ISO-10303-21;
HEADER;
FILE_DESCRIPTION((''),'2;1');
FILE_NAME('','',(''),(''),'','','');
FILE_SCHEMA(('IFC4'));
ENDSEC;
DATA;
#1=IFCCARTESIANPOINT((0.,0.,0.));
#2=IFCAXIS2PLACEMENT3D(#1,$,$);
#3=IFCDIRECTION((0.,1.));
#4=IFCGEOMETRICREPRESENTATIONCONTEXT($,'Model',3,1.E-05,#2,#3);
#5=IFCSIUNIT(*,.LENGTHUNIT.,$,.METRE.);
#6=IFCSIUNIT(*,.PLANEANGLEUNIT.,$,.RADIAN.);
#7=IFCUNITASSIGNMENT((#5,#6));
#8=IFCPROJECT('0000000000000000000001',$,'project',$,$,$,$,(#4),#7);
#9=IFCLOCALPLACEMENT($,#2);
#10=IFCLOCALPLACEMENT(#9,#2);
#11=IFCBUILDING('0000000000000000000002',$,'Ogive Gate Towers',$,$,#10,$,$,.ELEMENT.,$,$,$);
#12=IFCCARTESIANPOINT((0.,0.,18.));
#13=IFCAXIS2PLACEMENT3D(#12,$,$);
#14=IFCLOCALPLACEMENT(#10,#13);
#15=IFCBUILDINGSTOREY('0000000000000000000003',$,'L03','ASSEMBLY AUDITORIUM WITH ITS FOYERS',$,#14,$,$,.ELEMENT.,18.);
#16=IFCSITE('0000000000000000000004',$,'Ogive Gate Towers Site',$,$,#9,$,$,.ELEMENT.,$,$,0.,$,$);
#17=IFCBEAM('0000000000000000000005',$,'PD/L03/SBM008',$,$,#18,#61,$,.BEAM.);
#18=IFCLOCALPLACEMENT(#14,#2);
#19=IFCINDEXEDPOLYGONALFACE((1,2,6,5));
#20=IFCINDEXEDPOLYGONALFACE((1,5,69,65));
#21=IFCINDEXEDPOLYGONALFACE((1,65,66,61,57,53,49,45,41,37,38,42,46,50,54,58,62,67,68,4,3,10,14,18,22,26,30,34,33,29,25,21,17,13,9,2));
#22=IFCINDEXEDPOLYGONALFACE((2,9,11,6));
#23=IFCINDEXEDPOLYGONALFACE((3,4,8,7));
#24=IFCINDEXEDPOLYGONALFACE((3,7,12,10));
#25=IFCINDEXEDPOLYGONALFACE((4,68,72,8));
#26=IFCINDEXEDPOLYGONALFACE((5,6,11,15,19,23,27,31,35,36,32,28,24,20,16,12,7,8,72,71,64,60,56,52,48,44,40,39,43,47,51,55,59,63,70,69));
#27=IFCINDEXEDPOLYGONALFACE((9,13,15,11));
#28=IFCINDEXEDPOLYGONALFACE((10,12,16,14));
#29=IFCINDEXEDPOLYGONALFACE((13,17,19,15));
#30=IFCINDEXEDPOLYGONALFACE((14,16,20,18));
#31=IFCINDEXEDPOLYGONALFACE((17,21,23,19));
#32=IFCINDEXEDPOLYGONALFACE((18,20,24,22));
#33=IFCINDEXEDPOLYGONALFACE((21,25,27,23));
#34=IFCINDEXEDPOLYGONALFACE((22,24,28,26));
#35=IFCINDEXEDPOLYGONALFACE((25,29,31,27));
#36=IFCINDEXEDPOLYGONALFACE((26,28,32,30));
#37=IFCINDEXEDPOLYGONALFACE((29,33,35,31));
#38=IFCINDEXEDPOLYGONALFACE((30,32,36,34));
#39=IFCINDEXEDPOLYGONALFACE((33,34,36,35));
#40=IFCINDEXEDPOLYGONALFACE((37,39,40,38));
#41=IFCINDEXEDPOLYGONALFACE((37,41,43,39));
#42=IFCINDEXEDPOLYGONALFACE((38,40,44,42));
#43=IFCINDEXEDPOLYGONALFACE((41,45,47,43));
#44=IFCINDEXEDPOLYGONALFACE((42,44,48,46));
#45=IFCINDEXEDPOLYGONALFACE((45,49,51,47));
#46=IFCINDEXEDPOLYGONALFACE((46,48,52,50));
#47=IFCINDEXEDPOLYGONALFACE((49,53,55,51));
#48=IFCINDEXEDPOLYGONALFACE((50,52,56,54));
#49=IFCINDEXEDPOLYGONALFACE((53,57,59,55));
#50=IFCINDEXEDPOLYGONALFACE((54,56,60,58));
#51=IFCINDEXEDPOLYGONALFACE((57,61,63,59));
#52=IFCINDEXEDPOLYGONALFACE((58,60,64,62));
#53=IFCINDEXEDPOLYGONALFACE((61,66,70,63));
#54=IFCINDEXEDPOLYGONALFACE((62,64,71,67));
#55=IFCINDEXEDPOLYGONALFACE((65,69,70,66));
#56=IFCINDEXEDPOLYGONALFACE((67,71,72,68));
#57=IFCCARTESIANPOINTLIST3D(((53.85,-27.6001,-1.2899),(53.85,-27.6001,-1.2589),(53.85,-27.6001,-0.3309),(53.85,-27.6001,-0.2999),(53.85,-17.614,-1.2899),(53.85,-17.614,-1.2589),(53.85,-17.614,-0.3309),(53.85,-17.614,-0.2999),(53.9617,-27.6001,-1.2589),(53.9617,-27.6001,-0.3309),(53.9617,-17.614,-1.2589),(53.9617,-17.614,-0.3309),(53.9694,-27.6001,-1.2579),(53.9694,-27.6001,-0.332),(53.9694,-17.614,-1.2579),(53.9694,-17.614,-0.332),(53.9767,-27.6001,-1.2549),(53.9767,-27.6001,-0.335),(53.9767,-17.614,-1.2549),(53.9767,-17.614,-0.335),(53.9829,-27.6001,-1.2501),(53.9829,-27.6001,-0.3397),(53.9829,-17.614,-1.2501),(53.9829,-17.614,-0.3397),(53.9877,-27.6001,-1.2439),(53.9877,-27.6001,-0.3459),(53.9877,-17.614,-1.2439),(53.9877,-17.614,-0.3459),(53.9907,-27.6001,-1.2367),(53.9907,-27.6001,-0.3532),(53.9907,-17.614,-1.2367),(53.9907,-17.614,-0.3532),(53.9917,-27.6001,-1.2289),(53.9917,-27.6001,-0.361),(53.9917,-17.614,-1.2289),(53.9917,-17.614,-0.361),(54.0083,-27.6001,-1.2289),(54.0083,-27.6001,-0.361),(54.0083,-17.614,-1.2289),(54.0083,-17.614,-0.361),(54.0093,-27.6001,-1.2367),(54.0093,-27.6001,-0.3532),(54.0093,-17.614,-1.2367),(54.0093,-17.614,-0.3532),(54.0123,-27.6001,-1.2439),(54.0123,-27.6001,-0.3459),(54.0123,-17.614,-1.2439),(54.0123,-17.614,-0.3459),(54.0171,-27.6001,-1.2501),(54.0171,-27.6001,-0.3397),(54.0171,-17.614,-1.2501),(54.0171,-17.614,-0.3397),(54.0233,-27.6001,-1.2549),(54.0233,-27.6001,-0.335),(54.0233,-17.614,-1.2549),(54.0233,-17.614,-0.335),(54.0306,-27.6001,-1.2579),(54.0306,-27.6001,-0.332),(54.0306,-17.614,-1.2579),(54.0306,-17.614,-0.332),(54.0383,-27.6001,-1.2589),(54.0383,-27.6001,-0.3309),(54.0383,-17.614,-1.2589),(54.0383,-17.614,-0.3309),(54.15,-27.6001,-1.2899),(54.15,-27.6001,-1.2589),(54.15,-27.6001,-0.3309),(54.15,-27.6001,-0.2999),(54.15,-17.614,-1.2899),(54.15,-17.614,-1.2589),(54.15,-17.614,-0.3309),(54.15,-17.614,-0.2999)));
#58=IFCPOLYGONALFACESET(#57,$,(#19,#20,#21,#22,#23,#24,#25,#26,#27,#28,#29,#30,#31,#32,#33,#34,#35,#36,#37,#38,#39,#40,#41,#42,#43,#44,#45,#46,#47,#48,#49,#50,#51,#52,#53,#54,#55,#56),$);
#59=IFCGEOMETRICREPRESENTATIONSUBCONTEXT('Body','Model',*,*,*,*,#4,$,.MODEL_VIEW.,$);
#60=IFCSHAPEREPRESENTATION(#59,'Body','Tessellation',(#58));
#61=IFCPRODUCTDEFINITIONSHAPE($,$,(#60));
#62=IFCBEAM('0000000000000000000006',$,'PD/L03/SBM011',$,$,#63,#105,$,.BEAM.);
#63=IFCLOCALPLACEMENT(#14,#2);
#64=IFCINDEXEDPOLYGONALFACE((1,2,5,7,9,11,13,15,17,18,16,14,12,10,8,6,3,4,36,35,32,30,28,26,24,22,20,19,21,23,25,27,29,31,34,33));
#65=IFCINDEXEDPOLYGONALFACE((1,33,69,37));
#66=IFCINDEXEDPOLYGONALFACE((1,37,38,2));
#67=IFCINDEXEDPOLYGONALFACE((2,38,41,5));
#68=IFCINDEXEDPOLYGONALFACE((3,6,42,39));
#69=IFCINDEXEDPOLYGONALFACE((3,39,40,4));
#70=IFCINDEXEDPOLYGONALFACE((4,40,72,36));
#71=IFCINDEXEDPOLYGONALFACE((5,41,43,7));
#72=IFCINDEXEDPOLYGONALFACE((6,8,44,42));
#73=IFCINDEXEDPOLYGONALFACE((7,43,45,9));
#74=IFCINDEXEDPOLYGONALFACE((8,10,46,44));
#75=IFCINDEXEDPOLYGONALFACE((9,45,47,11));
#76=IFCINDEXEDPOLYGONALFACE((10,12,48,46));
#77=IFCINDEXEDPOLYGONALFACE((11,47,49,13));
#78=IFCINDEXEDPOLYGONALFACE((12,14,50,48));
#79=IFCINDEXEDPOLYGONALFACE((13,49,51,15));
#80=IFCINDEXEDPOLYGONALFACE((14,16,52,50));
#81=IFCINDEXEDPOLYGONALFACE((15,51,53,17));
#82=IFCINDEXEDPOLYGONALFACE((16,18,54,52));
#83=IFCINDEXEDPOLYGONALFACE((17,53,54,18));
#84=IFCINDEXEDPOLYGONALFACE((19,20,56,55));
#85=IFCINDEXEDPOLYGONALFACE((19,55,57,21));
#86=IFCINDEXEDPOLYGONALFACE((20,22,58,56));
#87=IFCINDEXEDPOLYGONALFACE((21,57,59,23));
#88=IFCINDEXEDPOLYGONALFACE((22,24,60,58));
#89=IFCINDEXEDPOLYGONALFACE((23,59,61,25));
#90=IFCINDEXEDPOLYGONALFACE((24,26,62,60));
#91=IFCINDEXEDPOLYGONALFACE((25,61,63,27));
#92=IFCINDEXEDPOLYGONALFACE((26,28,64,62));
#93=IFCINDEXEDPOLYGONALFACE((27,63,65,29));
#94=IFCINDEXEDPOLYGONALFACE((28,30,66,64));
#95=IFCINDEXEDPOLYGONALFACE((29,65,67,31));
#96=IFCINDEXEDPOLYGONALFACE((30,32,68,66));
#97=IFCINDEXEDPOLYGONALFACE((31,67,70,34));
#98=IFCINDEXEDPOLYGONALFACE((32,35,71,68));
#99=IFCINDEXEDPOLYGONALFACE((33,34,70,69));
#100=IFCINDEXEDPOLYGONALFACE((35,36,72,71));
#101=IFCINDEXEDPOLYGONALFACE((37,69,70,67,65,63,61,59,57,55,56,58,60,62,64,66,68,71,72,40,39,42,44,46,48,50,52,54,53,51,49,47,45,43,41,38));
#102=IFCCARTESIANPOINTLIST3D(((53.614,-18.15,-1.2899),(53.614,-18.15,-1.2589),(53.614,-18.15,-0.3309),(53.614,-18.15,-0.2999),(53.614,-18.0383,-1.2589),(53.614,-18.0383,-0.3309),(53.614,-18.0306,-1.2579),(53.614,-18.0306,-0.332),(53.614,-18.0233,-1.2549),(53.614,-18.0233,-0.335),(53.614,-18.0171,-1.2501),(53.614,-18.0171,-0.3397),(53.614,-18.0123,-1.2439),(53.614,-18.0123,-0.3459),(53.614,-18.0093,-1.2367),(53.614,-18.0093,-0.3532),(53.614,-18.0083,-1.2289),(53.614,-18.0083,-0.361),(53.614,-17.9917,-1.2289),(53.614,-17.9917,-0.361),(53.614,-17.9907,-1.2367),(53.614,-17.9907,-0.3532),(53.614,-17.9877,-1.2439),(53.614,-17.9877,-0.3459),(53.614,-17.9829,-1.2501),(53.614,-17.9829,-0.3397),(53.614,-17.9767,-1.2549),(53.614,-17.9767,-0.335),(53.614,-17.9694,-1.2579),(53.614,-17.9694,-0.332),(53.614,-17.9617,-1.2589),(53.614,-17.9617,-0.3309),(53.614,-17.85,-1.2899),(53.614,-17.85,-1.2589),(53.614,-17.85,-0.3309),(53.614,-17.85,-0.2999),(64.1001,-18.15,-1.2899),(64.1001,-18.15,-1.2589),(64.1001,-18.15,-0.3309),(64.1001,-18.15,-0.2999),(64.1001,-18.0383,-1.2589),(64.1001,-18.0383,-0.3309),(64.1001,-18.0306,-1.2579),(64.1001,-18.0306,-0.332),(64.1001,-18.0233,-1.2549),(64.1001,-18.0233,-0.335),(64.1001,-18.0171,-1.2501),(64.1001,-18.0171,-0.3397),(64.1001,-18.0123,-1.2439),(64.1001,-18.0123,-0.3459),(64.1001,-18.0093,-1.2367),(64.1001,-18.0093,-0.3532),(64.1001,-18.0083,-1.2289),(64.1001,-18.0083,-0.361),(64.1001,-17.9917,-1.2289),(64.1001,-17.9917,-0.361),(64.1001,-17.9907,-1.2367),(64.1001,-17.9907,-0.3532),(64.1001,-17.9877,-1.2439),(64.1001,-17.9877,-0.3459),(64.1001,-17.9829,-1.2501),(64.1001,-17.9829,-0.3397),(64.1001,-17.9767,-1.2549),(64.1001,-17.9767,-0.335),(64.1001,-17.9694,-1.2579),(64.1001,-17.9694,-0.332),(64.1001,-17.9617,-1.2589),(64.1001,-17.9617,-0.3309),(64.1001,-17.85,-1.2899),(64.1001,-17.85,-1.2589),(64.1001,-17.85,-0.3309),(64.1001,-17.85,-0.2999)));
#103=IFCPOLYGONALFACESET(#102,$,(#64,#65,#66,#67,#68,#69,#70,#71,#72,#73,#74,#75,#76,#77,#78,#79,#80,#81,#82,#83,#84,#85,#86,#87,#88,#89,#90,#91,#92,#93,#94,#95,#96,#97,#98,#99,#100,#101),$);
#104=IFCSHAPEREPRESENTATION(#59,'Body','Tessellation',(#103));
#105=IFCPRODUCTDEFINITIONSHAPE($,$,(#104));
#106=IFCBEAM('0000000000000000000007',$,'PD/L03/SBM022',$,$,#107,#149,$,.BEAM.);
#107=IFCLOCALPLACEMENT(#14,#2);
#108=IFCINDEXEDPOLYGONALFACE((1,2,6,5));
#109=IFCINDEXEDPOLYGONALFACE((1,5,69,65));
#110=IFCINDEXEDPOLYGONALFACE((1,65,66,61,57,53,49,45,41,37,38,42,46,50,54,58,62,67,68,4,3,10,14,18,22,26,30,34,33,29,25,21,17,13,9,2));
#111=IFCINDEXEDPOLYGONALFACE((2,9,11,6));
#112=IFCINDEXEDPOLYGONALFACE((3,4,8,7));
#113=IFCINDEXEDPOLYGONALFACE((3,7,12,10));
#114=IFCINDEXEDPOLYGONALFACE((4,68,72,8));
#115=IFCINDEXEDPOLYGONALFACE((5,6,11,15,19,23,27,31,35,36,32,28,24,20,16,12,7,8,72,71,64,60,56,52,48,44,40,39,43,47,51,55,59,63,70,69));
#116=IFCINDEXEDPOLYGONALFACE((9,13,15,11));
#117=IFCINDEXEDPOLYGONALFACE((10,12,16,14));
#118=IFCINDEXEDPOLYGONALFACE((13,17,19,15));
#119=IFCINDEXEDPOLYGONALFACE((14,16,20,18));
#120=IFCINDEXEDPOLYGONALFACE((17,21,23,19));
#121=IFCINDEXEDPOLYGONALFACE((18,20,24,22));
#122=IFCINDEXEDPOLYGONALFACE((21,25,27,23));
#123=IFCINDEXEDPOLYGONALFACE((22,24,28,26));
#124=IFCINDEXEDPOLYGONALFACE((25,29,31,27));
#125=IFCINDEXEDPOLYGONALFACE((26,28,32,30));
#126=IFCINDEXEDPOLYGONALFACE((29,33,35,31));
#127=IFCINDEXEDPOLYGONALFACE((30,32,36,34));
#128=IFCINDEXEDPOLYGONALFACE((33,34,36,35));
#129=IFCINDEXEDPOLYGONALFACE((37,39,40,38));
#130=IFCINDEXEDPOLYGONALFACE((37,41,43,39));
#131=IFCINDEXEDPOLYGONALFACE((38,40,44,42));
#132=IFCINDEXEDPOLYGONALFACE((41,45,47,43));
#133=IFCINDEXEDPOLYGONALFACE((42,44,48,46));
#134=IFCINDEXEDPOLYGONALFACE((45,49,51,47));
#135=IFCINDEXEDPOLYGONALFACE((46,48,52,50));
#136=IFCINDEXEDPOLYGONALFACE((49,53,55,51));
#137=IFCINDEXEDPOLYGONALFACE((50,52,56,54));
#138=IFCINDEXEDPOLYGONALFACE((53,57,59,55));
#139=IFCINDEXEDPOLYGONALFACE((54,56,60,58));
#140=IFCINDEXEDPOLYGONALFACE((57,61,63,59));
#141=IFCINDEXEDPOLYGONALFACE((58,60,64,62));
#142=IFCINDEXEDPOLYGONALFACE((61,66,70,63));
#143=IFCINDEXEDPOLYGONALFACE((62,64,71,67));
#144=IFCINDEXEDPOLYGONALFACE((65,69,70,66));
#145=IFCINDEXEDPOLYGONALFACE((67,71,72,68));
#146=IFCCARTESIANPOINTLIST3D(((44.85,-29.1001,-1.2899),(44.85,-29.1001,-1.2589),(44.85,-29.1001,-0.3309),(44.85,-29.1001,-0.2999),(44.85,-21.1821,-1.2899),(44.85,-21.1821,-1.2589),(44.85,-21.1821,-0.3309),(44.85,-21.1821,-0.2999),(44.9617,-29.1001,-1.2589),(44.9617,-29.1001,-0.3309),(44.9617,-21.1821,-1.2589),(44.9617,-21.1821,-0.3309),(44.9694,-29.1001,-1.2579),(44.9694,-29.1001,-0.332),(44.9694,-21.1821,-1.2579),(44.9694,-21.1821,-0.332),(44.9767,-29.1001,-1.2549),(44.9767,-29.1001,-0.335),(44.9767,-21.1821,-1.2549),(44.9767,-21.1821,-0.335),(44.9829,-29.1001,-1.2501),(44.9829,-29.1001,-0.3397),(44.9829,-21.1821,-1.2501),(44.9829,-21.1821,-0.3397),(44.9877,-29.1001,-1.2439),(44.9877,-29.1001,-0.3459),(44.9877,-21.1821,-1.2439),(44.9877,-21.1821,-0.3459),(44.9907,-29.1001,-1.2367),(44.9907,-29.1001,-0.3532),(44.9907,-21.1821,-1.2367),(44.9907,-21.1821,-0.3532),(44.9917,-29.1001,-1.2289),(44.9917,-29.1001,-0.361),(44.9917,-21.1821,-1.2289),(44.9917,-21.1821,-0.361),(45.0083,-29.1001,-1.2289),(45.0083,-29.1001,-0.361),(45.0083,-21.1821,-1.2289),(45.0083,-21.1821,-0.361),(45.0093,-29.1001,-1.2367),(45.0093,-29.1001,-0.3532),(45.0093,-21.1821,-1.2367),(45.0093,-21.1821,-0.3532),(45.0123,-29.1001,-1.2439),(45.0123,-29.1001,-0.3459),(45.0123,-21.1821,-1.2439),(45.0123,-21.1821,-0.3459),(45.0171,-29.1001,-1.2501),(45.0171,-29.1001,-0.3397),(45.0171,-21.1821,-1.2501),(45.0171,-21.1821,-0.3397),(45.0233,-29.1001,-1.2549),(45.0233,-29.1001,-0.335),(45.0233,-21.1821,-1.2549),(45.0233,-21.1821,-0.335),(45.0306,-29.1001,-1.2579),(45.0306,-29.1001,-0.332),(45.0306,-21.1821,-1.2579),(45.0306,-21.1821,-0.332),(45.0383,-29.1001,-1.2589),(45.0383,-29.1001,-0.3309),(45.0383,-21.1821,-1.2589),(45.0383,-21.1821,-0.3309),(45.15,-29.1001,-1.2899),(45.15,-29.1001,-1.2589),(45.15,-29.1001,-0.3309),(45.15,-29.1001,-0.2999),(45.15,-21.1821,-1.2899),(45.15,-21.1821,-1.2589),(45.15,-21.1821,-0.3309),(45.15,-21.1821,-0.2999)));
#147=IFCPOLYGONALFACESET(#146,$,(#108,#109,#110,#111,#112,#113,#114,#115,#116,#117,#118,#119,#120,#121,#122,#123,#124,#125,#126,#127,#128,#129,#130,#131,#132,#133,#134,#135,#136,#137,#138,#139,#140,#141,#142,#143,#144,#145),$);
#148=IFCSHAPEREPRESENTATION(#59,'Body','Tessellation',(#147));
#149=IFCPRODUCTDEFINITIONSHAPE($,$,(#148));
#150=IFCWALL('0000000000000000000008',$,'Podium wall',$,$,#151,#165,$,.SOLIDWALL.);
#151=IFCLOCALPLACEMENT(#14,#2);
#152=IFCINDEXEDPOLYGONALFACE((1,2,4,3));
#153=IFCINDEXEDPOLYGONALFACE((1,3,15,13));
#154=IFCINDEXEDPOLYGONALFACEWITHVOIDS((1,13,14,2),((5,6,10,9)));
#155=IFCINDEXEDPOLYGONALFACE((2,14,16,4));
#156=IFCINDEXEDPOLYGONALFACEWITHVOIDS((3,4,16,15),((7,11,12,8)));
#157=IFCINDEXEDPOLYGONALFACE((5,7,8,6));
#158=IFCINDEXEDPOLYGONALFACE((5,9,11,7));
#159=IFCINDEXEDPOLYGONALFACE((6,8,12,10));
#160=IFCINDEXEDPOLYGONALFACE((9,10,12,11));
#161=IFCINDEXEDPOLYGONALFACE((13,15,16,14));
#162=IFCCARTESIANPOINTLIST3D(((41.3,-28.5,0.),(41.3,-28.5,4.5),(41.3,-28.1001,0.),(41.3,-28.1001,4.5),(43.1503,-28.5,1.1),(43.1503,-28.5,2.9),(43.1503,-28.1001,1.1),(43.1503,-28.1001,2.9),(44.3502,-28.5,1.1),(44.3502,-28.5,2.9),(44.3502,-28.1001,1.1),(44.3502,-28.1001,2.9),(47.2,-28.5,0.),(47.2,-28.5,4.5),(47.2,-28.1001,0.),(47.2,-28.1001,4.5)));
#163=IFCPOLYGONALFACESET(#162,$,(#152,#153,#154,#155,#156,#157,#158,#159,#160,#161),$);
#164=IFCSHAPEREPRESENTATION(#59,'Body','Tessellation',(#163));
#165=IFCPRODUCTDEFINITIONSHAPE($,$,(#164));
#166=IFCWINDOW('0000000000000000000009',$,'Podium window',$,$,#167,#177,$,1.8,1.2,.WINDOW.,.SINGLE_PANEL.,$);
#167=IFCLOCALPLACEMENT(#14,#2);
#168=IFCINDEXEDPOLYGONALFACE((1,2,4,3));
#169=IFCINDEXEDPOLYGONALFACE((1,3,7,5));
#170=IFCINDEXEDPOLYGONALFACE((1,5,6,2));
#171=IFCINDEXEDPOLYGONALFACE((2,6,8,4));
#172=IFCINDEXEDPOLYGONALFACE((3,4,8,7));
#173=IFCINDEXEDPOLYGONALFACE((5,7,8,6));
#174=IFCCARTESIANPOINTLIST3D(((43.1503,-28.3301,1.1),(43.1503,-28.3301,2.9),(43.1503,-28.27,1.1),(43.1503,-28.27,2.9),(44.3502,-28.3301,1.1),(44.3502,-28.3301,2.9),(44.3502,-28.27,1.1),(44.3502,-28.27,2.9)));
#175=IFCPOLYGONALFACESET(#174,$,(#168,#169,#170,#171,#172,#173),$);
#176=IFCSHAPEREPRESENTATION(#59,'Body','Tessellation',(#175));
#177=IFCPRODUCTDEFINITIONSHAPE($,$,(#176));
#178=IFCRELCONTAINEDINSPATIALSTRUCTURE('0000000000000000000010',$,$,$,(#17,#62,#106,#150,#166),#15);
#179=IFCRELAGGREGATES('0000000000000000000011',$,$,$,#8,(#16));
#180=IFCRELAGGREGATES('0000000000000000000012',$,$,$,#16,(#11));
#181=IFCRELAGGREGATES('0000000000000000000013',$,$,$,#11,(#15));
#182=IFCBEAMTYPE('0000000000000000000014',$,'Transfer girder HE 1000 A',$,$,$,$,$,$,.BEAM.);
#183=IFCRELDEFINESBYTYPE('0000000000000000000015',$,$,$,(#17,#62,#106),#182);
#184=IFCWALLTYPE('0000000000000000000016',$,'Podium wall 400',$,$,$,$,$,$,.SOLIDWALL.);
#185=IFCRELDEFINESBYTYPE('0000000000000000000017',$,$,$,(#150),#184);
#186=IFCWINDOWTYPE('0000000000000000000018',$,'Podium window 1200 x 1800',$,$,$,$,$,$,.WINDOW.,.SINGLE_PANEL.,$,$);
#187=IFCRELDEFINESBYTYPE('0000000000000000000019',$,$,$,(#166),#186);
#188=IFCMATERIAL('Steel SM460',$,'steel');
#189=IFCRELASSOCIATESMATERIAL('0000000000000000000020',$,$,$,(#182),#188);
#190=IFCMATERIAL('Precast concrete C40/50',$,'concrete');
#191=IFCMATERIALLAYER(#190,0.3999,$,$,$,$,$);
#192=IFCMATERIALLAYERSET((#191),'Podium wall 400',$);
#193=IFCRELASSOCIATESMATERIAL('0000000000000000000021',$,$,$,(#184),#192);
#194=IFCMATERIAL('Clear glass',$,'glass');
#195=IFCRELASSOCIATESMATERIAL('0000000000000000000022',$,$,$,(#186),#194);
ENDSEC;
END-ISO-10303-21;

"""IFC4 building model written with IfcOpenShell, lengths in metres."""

from ifc_helpers import new_model, si_unit, direction, frame, frame_2d, origin, origin_2d, place, context, subcontext, project, spatial, rectangle, i_section, extrude, material, layer, layer_set, material_profile, profile_set, type_object, element, fill, save


model = new_model("IFC4")

# Units and contexts
model_context = context("Model", 3, precision=1e-05, world=origin(), true_north=direction((0.0, 1.0)))
body_context = subcontext(model_context, "Body", "Model", "MODEL_VIEW")
ifc_project = project(units=[si_unit("LENGTHUNIT", "METRE"), si_unit("PLANEANGLEUNIT", "RADIAN")], contexts=[model_context])

# Site, building, storey
site_placement = place(None, origin())
site = spatial("IfcSite", under=ifc_project, at=site_placement, Name="Ogive Gate Towers Site", CompositionType="ELEMENT", RefElevation=0.0)
building_placement = place(site_placement, origin())
building = spatial("IfcBuilding", under=site, at=building_placement, Name="Ogive Gate Towers", CompositionType="ELEMENT")
storey_placement = place(building_placement, frame((0.0, 0.0, 18.0)))
storey = spatial("IfcBuildingStorey", under=building, at=storey_placement, Name="L03", Description="ASSEMBLY AUDITORIUM WITH ITS FOYERS", CompositionType="ELEMENT", Elevation=18.0)

# Beams
ifc_material_1 = material(Name="Steel SM460", Category="steel")
ifc_material_profile_1 = material_profile(ifc_material_1, i_section(OverallWidth=0.3, OverallDepth=0.99, WebThickness=0.0166, FlangeThickness=0.031, FilletRadius=0.03, at=origin_2d()), Name="HE 1000 A")
ifc_profile_set_1 = profile_set([ifc_material_profile_1], Name="Steel SM460")
beam_type_1 = type_object("IfcBeamType", Name="Transfer girder HE 1000 A", PredefinedType="BEAM", material=ifc_profile_set_1)
beam_1_placement = place(storey_placement, frame((54.0, -27.6001, -0.7949), z_axis=(0.0, 1.0, 0.0), x_axis=(-1.0, 0.0, 0.0)))
element("IfcBeam", 1, at=beam_1_placement, inside=storey, type_object=beam_type_1, Name="PD/L03/SBM008", PredefinedType="BEAM", context=body_context, shape_type="SweptSolid", body=[
    extrude(i_section(OverallWidth=0.3, OverallDepth=0.99, WebThickness=0.0166, FlangeThickness=0.031, FilletRadius=0.03, at=origin_2d()), origin(), (0.0, 0.0, 1.0), 9.9861),
])
beam_2_placement = place(storey_placement, frame((53.614, -18.0, -0.7949), z_axis=(1.0, 0.0, 0.0), x_axis=(0.0, 1.0, 0.0)))
element("IfcBeam", 2, at=beam_2_placement, inside=storey, type_object=beam_type_1, Name="PD/L03/SBM011", PredefinedType="BEAM", context=body_context, shape_type="SweptSolid", body=[
    extrude(i_section(OverallWidth=0.3, OverallDepth=0.99, WebThickness=0.0166, FlangeThickness=0.031, FilletRadius=0.03, at=origin_2d()), origin(), (0.0, 0.0, 1.0), 10.4861),
])
beam_3_placement = place(storey_placement, frame((45.0, -29.1001, -0.7949), z_axis=(0.0, 1.0, 0.0), x_axis=(-1.0, 0.0, 0.0)))
element("IfcBeam", 3, at=beam_3_placement, inside=storey, type_object=beam_type_1, Name="PD/L03/SBM022", PredefinedType="BEAM", context=body_context, shape_type="SweptSolid", body=[
    extrude(i_section(OverallWidth=0.3, OverallDepth=0.99, WebThickness=0.0166, FlangeThickness=0.031, FilletRadius=0.03, at=origin_2d()), origin(), (0.0, 0.0, 1.0), 7.918),
])

# Wall, opening, window
ifc_material_2 = material(Name="Precast concrete C40/50", Category="concrete")
ifc_layer = layer(ifc_material_2, 0.3999)
ifc_layer_set = layer_set([ifc_layer], Name="Podium wall 400")
wall_type = type_object("IfcWallType", Name="Podium wall 400", PredefinedType="SOLIDWALL", material=ifc_layer_set)
wall_1_placement = place(storey_placement, frame((41.3, -28.3, 0.0), z_axis=(0.0, 0.0, 1.0), x_axis=(1.0, 0.0, 0.0)))
wall_1 = element("IfcWall", 4, at=wall_1_placement, inside=storey, type_object=wall_type, Name="Podium wall", PredefinedType="SOLIDWALL", context=body_context, shape_type="SweptSolid", body=[
    extrude(rectangle(XDim=5.8999, YDim=0.3999, at=frame_2d((2.95, 0.0))), origin(), (0.0, 0.0, 1.0), 4.5),
])
opening_1_placement = place(wall_1_placement, frame((1.8501, 0.0, 1.1001)))
opening_1 = element("IfcOpeningElement", 5, at=opening_1_placement, cuts=wall_1, PredefinedType="OPENING", context=body_context, shape_type="SweptSolid", body=[
    extrude(rectangle(XDim=1.2, YDim=1.8, at=frame_2d((0.6001, 0.8999))), frame((0.0, 0.21, 0.0), z_axis=(0.0, -1.0, 0.0), x_axis=(1.0, 0.0, 0.0)), (0.0, 0.0, 1.0), 0.4199),
])
ifc_material_3 = material(Name="Clear glass", Category="glass")
window_type = type_object("IfcWindowType", Name="Podium window 1200 x 1800", PartitioningType="SINGLE_PANEL", PredefinedType="WINDOW", material=ifc_material_3)
window_1_placement = place(opening_1_placement, origin())
window_1 = element("IfcWindow", 6, at=window_1_placement, inside=storey, type_object=window_type, Name="Podium window", OverallHeight=1.8, OverallWidth=1.2, PartitioningType="SINGLE_PANEL", PredefinedType="WINDOW", context=body_context, shape_type="SweptSolid", body=[
    extrude(rectangle(XDim=1.2, YDim=1.8, at=frame_2d((0.6001, 0.8999))), frame((0.0, 0.03, 0.0), z_axis=(0.0, -1.0, 0.0), x_axis=(1.0, 0.0, 0.0)), (0.0, 0.0, 1.0), 0.0601),
])
fill(opening_1, window_1)

save(model, "model.ifc")
